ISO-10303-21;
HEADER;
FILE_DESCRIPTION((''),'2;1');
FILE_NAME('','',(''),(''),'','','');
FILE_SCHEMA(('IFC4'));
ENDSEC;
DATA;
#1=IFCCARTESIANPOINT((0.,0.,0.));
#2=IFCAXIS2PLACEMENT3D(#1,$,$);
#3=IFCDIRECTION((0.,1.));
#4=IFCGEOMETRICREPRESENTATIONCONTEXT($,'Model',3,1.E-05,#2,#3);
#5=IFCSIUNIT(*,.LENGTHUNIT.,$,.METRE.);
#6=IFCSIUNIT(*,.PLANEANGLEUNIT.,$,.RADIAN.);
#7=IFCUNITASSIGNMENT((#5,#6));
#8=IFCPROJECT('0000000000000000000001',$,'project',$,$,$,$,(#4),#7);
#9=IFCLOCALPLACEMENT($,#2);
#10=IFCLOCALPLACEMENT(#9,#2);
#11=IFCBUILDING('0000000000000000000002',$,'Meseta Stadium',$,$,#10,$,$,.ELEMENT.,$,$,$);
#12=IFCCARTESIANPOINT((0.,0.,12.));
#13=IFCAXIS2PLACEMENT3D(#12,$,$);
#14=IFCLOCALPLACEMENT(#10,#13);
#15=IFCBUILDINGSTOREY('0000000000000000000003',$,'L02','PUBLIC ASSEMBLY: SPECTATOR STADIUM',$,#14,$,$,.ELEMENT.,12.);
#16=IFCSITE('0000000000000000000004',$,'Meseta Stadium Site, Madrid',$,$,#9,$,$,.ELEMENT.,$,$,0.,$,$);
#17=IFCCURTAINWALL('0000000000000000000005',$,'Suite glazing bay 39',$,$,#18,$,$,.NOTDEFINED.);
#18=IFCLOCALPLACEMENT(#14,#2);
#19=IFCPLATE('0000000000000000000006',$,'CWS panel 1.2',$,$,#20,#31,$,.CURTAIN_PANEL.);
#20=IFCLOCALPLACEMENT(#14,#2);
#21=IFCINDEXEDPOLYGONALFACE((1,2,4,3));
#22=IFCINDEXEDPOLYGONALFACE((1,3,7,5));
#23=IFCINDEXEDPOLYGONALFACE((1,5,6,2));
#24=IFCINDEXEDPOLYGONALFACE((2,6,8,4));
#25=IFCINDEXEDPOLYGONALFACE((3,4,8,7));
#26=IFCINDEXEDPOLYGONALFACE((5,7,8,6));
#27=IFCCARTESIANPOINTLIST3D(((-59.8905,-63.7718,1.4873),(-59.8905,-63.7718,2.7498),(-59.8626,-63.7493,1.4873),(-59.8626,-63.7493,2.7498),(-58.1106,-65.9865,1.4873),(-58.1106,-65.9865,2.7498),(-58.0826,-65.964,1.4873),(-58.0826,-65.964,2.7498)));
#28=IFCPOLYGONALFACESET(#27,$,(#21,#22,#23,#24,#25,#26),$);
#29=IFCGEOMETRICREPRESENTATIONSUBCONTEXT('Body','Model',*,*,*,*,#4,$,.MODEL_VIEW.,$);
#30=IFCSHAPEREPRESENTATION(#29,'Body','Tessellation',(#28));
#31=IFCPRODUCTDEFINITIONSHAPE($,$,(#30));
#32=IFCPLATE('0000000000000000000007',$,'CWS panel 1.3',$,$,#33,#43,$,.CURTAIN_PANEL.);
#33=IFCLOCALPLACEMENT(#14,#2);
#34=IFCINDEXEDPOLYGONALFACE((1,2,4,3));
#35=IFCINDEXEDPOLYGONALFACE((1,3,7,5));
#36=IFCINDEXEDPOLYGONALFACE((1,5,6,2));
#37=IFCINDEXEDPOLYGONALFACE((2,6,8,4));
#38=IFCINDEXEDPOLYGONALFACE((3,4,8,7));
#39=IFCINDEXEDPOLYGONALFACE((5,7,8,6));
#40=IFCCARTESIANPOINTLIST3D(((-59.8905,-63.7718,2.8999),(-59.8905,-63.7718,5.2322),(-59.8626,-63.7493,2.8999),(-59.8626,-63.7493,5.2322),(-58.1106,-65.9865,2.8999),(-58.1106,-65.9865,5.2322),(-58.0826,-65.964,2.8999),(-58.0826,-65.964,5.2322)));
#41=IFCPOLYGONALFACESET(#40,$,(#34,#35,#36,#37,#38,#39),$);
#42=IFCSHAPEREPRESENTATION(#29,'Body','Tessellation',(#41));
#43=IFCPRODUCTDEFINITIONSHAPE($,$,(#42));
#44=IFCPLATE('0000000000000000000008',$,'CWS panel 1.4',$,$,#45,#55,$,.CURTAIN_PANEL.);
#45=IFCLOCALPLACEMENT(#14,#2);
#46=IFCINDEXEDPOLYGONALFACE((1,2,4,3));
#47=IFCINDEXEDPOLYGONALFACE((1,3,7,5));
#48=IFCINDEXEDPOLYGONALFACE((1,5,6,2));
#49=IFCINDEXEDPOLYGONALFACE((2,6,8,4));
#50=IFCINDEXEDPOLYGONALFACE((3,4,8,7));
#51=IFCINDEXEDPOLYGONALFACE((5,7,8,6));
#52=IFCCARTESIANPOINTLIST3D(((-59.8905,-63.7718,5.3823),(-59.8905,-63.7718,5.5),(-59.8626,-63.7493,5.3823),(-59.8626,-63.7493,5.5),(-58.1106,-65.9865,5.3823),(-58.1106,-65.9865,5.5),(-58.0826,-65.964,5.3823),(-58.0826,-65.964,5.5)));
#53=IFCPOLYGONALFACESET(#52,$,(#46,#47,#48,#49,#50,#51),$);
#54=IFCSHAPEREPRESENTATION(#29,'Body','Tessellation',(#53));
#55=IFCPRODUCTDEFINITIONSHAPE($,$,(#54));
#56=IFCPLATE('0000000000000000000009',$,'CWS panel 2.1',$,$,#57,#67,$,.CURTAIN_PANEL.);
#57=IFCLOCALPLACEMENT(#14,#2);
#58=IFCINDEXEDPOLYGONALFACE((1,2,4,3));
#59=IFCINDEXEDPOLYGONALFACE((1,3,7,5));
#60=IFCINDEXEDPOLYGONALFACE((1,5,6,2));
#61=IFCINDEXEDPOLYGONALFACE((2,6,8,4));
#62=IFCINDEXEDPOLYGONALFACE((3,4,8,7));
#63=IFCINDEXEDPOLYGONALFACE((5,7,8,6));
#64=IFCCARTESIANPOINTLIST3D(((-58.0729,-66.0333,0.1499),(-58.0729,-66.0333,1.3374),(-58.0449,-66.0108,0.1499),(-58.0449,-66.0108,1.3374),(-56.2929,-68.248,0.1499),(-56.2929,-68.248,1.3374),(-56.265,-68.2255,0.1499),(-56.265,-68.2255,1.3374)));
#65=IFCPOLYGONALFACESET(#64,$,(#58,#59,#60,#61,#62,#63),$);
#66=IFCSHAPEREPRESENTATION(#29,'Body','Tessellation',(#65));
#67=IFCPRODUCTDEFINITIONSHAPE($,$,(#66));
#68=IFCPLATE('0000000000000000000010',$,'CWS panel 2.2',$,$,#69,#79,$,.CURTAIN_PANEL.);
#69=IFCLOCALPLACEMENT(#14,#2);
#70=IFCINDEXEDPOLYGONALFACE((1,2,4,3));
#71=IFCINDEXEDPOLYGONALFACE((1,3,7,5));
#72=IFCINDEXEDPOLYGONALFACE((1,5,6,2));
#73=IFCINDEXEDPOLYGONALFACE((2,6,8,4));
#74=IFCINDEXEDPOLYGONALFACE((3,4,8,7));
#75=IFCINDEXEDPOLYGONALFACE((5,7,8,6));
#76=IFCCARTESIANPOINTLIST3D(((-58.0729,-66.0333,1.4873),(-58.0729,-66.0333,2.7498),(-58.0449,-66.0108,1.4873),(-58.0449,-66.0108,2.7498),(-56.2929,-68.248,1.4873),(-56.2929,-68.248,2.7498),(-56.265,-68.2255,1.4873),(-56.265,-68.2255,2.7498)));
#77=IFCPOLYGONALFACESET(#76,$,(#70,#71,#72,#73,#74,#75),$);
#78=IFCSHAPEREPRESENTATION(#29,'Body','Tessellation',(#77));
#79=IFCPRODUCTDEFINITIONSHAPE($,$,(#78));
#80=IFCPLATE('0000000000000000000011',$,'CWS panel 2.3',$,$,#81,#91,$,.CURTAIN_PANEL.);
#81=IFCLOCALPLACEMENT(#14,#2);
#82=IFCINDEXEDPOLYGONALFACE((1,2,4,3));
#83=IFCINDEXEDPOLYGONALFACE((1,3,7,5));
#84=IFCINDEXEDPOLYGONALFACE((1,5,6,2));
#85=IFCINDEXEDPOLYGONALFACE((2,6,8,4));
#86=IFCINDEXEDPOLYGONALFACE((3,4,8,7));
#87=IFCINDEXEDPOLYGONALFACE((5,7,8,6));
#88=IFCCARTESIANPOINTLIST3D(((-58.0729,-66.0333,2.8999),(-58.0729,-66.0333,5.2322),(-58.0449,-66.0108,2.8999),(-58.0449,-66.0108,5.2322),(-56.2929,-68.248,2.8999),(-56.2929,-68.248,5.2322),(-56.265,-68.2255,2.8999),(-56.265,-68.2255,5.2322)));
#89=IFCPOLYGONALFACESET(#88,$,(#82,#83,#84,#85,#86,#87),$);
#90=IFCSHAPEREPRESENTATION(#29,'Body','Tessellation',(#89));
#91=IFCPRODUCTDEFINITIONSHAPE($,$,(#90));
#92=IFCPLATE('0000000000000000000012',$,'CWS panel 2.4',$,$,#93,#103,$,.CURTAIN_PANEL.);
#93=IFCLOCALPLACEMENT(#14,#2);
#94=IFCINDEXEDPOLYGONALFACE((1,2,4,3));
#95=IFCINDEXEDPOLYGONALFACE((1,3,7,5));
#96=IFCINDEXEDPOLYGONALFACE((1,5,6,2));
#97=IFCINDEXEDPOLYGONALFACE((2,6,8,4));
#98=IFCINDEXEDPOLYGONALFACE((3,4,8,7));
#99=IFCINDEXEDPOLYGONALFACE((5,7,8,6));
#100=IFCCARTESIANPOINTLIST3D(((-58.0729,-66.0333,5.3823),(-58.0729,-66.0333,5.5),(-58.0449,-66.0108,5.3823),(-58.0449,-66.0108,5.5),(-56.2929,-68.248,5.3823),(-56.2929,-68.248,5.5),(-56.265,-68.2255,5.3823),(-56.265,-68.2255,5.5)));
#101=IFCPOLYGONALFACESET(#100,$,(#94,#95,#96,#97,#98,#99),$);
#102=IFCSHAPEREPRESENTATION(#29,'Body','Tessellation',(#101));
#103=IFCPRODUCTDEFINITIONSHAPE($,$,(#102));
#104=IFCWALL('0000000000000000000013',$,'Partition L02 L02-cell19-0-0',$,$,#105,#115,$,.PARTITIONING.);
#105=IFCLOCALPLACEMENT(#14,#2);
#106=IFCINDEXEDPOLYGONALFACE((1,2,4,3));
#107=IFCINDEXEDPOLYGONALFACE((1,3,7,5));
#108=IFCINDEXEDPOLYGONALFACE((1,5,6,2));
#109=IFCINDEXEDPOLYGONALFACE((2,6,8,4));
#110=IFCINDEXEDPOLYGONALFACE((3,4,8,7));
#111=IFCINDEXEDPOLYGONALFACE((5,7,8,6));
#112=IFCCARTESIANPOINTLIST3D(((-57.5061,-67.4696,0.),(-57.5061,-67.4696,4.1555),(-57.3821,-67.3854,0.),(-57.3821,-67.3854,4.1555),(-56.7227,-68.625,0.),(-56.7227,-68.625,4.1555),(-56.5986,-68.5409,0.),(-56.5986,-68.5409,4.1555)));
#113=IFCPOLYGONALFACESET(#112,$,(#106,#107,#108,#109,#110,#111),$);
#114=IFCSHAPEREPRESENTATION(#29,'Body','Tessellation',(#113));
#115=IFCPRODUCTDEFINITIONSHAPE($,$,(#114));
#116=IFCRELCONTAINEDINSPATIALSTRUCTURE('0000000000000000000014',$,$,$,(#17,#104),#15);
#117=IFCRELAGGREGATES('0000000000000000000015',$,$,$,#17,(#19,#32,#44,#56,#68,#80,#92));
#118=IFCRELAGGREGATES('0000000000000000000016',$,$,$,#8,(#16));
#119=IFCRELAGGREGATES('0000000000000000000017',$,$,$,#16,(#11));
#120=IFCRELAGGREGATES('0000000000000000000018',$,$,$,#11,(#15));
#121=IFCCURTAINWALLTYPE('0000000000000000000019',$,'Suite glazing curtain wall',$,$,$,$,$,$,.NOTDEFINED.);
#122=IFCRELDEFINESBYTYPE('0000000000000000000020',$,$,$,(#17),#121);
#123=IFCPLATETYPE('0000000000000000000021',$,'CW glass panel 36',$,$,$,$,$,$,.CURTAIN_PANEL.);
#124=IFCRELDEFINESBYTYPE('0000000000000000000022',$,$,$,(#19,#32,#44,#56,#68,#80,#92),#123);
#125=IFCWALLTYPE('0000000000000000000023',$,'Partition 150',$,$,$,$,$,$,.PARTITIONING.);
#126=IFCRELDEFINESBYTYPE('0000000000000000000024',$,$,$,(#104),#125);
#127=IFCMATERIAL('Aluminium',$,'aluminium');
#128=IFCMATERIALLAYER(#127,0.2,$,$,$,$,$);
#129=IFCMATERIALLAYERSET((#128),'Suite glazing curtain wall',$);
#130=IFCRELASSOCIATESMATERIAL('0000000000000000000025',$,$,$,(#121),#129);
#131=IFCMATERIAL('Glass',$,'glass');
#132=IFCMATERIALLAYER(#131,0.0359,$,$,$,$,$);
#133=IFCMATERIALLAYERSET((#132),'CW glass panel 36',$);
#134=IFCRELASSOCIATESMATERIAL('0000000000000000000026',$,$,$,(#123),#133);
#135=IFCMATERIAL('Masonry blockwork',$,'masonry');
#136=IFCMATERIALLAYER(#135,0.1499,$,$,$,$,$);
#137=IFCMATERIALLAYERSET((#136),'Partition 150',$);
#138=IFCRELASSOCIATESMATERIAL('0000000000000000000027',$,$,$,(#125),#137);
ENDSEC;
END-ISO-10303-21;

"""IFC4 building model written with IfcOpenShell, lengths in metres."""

from ifc_helpers import new_model, si_unit, direction, frame, frame_2d, origin, origin_2d, place, context, subcontext, project, spatial, rectangle, extrude, material, layer, layer_set, type_object, element, aggregate, save


model = new_model("IFC4")

# Units and contexts
model_context = context("Model", 3, precision=1e-05, world=origin(), true_north=direction((0.0, 1.0)))
body_context = subcontext(model_context, "Body", "Model", "MODEL_VIEW")
ifc_project = project(units=[si_unit("LENGTHUNIT", "METRE"), si_unit("PLANEANGLEUNIT", "RADIAN")], contexts=[model_context])

# Site, building, storey
site_placement = place(None, origin())
site = spatial("IfcSite", under=ifc_project, at=site_placement, Name="Meseta Stadium Site, Madrid", CompositionType="ELEMENT", RefElevation=0.0)
building_placement = place(site_placement, origin())
building = spatial("IfcBuilding", under=site, at=building_placement, Name="Meseta Stadium", CompositionType="ELEMENT")
storey_placement = place(building_placement, frame((0.0, 0.0, 12.0)))
storey = spatial("IfcBuildingStorey", under=building, at=storey_placement, Name="L02", Description="PUBLIC ASSEMBLY: SPECTATOR STADIUM", CompositionType="ELEMENT", Elevation=12.0)

# Curtain wall
ifc_material_1 = material(Name="Aluminium", Category="aluminium")
ifc_layer_1 = layer(ifc_material_1, 0.2)
ifc_layer_set_1 = layer_set([ifc_layer_1], Name="Suite glazing curtain wall")
curtain_wall_type = type_object("IfcCurtainWallType", Name="Suite glazing curtain wall", PredefinedType="NOTDEFINED", material=ifc_layer_set_1)
curtain_wall_1_placement = place(storey_placement, origin())
curtain_wall_1 = element("IfcCurtainWall", 1, at=curtain_wall_1_placement, inside=storey, type_object=curtain_wall_type, Name="Suite glazing bay 39", PredefinedType="NOTDEFINED")

# Plates
ifc_material_2 = material(Name="Glass", Category="glass")
ifc_layer_2 = layer(ifc_material_2, 0.0359)
ifc_layer_set_2 = layer_set([ifc_layer_2], Name="CW glass panel 36")
plate_type = type_object("IfcPlateType", Name="CW glass panel 36", PredefinedType="CURTAIN_PANEL", material=ifc_layer_set_2)
plate_1_placement = place(storey_placement, frame((-58.9866, -64.8679, 1.4873), z_axis=(0.0, 0.0, 1.0), x_axis=(0.62646, -0.779454, 0.0)))
plate_1 = element("IfcPlate", 2, at=plate_1_placement, type_object=plate_type, Name="CWS panel 1.2", PredefinedType="CURTAIN_PANEL", context=body_context, shape_type="SweptSolid", body=[
    extrude(rectangle(XDim=2.8413, YDim=0.0359, at=origin_2d()), origin(), (0.0, 0.0, 1.0), 1.2625),
])
plate_2_placement = place(storey_placement, frame((-58.9866, -64.8679, 2.8999), z_axis=(0.0, 0.0, 1.0), x_axis=(0.62646, -0.779454, 0.0)))
plate_2 = element("IfcPlate", 3, at=plate_2_placement, type_object=plate_type, Name="CWS panel 1.3", PredefinedType="CURTAIN_PANEL", context=body_context, shape_type="SweptSolid", body=[
    extrude(rectangle(XDim=2.8413, YDim=0.0359, at=origin_2d()), origin(), (0.0, 0.0, 1.0), 2.3323),
])
plate_3_placement = place(storey_placement, frame((-58.9866, -64.8679, 5.3823), z_axis=(0.0, 0.0, 1.0), x_axis=(0.62646, -0.779454, 0.0)))
plate_3 = element("IfcPlate", 4, at=plate_3_placement, type_object=plate_type, Name="CWS panel 1.4", PredefinedType="CURTAIN_PANEL", context=body_context, shape_type="SweptSolid", body=[
    extrude(rectangle(XDim=2.8413, YDim=0.0359, at=origin_2d()), origin(), (0.0, 0.0, 1.0), 0.1177),
])
plate_4_placement = place(storey_placement, frame((-57.1689, -67.1294, 0.1499), z_axis=(0.0, 0.0, 1.0), x_axis=(0.62646, -0.779454, 0.0)))
plate_4 = element("IfcPlate", 5, at=plate_4_placement, type_object=plate_type, Name="CWS panel 2.1", PredefinedType="CURTAIN_PANEL", context=body_context, shape_type="SweptSolid", body=[
    extrude(rectangle(XDim=2.8413, YDim=0.0359, at=origin_2d()), origin(), (0.0, 0.0, 1.0), 1.1875),
])
plate_5_placement = place(storey_placement, frame((-57.1689, -67.1294, 1.4873), z_axis=(0.0, 0.0, 1.0), x_axis=(0.62646, -0.779454, 0.0)))
plate_5 = element("IfcPlate", 6, at=plate_5_placement, type_object=plate_type, Name="CWS panel 2.2", PredefinedType="CURTAIN_PANEL", context=body_context, shape_type="SweptSolid", body=[
    extrude(rectangle(XDim=2.8413, YDim=0.0359, at=origin_2d()), origin(), (0.0, 0.0, 1.0), 1.2625),
])
plate_6_placement = place(storey_placement, frame((-57.1689, -67.1294, 2.8999), z_axis=(0.0, 0.0, 1.0), x_axis=(0.62646, -0.779454, 0.0)))
plate_6 = element("IfcPlate", 7, at=plate_6_placement, type_object=plate_type, Name="CWS panel 2.3", PredefinedType="CURTAIN_PANEL", context=body_context, shape_type="SweptSolid", body=[
    extrude(rectangle(XDim=2.8413, YDim=0.0359, at=origin_2d()), origin(), (0.0, 0.0, 1.0), 2.3323),
])
plate_7_placement = place(storey_placement, frame((-57.1689, -67.1294, 5.3823), z_axis=(0.0, 0.0, 1.0), x_axis=(0.62646, -0.779454, 0.0)))
plate_7 = element("IfcPlate", 8, at=plate_7_placement, type_object=plate_type, Name="CWS panel 2.4", PredefinedType="CURTAIN_PANEL", context=body_context, shape_type="SweptSolid", body=[
    extrude(rectangle(XDim=2.8413, YDim=0.0359, at=origin_2d()), origin(), (0.0, 0.0, 1.0), 0.1177),
])
aggregate(curtain_wall_1, [plate_1, plate_2, plate_3, plate_4, plate_5, plate_6, plate_7])

# Wall
ifc_material_3 = material(Name="Masonry blockwork", Category="masonry")
ifc_layer_3 = layer(ifc_material_3, 0.1499)
ifc_layer_set_3 = layer_set([ifc_layer_3], Name="Partition 150")
wall_type = type_object("IfcWallType", Name="Partition 150", PredefinedType="PARTITIONING", material=ifc_layer_set_3)
wall_placement = place(storey_placement, frame((-57.4441, -67.4275, 0.0), z_axis=(0.0, 0.0, 1.0), x_axis=(0.561181, -0.827693, 0.0)))
element("IfcWall", 9, at=wall_placement, inside=storey, type_object=wall_type, Name="Partition L02 L02-cell19-0-0", PredefinedType="PARTITIONING", context=body_context, shape_type="SweptSolid", body=[
    extrude(rectangle(XDim=1.396, YDim=0.1499, at=frame_2d((0.698, 0.0))), origin(), (0.0, 0.0, 1.0), 4.1555),
])

save(model, "model.ifc")
